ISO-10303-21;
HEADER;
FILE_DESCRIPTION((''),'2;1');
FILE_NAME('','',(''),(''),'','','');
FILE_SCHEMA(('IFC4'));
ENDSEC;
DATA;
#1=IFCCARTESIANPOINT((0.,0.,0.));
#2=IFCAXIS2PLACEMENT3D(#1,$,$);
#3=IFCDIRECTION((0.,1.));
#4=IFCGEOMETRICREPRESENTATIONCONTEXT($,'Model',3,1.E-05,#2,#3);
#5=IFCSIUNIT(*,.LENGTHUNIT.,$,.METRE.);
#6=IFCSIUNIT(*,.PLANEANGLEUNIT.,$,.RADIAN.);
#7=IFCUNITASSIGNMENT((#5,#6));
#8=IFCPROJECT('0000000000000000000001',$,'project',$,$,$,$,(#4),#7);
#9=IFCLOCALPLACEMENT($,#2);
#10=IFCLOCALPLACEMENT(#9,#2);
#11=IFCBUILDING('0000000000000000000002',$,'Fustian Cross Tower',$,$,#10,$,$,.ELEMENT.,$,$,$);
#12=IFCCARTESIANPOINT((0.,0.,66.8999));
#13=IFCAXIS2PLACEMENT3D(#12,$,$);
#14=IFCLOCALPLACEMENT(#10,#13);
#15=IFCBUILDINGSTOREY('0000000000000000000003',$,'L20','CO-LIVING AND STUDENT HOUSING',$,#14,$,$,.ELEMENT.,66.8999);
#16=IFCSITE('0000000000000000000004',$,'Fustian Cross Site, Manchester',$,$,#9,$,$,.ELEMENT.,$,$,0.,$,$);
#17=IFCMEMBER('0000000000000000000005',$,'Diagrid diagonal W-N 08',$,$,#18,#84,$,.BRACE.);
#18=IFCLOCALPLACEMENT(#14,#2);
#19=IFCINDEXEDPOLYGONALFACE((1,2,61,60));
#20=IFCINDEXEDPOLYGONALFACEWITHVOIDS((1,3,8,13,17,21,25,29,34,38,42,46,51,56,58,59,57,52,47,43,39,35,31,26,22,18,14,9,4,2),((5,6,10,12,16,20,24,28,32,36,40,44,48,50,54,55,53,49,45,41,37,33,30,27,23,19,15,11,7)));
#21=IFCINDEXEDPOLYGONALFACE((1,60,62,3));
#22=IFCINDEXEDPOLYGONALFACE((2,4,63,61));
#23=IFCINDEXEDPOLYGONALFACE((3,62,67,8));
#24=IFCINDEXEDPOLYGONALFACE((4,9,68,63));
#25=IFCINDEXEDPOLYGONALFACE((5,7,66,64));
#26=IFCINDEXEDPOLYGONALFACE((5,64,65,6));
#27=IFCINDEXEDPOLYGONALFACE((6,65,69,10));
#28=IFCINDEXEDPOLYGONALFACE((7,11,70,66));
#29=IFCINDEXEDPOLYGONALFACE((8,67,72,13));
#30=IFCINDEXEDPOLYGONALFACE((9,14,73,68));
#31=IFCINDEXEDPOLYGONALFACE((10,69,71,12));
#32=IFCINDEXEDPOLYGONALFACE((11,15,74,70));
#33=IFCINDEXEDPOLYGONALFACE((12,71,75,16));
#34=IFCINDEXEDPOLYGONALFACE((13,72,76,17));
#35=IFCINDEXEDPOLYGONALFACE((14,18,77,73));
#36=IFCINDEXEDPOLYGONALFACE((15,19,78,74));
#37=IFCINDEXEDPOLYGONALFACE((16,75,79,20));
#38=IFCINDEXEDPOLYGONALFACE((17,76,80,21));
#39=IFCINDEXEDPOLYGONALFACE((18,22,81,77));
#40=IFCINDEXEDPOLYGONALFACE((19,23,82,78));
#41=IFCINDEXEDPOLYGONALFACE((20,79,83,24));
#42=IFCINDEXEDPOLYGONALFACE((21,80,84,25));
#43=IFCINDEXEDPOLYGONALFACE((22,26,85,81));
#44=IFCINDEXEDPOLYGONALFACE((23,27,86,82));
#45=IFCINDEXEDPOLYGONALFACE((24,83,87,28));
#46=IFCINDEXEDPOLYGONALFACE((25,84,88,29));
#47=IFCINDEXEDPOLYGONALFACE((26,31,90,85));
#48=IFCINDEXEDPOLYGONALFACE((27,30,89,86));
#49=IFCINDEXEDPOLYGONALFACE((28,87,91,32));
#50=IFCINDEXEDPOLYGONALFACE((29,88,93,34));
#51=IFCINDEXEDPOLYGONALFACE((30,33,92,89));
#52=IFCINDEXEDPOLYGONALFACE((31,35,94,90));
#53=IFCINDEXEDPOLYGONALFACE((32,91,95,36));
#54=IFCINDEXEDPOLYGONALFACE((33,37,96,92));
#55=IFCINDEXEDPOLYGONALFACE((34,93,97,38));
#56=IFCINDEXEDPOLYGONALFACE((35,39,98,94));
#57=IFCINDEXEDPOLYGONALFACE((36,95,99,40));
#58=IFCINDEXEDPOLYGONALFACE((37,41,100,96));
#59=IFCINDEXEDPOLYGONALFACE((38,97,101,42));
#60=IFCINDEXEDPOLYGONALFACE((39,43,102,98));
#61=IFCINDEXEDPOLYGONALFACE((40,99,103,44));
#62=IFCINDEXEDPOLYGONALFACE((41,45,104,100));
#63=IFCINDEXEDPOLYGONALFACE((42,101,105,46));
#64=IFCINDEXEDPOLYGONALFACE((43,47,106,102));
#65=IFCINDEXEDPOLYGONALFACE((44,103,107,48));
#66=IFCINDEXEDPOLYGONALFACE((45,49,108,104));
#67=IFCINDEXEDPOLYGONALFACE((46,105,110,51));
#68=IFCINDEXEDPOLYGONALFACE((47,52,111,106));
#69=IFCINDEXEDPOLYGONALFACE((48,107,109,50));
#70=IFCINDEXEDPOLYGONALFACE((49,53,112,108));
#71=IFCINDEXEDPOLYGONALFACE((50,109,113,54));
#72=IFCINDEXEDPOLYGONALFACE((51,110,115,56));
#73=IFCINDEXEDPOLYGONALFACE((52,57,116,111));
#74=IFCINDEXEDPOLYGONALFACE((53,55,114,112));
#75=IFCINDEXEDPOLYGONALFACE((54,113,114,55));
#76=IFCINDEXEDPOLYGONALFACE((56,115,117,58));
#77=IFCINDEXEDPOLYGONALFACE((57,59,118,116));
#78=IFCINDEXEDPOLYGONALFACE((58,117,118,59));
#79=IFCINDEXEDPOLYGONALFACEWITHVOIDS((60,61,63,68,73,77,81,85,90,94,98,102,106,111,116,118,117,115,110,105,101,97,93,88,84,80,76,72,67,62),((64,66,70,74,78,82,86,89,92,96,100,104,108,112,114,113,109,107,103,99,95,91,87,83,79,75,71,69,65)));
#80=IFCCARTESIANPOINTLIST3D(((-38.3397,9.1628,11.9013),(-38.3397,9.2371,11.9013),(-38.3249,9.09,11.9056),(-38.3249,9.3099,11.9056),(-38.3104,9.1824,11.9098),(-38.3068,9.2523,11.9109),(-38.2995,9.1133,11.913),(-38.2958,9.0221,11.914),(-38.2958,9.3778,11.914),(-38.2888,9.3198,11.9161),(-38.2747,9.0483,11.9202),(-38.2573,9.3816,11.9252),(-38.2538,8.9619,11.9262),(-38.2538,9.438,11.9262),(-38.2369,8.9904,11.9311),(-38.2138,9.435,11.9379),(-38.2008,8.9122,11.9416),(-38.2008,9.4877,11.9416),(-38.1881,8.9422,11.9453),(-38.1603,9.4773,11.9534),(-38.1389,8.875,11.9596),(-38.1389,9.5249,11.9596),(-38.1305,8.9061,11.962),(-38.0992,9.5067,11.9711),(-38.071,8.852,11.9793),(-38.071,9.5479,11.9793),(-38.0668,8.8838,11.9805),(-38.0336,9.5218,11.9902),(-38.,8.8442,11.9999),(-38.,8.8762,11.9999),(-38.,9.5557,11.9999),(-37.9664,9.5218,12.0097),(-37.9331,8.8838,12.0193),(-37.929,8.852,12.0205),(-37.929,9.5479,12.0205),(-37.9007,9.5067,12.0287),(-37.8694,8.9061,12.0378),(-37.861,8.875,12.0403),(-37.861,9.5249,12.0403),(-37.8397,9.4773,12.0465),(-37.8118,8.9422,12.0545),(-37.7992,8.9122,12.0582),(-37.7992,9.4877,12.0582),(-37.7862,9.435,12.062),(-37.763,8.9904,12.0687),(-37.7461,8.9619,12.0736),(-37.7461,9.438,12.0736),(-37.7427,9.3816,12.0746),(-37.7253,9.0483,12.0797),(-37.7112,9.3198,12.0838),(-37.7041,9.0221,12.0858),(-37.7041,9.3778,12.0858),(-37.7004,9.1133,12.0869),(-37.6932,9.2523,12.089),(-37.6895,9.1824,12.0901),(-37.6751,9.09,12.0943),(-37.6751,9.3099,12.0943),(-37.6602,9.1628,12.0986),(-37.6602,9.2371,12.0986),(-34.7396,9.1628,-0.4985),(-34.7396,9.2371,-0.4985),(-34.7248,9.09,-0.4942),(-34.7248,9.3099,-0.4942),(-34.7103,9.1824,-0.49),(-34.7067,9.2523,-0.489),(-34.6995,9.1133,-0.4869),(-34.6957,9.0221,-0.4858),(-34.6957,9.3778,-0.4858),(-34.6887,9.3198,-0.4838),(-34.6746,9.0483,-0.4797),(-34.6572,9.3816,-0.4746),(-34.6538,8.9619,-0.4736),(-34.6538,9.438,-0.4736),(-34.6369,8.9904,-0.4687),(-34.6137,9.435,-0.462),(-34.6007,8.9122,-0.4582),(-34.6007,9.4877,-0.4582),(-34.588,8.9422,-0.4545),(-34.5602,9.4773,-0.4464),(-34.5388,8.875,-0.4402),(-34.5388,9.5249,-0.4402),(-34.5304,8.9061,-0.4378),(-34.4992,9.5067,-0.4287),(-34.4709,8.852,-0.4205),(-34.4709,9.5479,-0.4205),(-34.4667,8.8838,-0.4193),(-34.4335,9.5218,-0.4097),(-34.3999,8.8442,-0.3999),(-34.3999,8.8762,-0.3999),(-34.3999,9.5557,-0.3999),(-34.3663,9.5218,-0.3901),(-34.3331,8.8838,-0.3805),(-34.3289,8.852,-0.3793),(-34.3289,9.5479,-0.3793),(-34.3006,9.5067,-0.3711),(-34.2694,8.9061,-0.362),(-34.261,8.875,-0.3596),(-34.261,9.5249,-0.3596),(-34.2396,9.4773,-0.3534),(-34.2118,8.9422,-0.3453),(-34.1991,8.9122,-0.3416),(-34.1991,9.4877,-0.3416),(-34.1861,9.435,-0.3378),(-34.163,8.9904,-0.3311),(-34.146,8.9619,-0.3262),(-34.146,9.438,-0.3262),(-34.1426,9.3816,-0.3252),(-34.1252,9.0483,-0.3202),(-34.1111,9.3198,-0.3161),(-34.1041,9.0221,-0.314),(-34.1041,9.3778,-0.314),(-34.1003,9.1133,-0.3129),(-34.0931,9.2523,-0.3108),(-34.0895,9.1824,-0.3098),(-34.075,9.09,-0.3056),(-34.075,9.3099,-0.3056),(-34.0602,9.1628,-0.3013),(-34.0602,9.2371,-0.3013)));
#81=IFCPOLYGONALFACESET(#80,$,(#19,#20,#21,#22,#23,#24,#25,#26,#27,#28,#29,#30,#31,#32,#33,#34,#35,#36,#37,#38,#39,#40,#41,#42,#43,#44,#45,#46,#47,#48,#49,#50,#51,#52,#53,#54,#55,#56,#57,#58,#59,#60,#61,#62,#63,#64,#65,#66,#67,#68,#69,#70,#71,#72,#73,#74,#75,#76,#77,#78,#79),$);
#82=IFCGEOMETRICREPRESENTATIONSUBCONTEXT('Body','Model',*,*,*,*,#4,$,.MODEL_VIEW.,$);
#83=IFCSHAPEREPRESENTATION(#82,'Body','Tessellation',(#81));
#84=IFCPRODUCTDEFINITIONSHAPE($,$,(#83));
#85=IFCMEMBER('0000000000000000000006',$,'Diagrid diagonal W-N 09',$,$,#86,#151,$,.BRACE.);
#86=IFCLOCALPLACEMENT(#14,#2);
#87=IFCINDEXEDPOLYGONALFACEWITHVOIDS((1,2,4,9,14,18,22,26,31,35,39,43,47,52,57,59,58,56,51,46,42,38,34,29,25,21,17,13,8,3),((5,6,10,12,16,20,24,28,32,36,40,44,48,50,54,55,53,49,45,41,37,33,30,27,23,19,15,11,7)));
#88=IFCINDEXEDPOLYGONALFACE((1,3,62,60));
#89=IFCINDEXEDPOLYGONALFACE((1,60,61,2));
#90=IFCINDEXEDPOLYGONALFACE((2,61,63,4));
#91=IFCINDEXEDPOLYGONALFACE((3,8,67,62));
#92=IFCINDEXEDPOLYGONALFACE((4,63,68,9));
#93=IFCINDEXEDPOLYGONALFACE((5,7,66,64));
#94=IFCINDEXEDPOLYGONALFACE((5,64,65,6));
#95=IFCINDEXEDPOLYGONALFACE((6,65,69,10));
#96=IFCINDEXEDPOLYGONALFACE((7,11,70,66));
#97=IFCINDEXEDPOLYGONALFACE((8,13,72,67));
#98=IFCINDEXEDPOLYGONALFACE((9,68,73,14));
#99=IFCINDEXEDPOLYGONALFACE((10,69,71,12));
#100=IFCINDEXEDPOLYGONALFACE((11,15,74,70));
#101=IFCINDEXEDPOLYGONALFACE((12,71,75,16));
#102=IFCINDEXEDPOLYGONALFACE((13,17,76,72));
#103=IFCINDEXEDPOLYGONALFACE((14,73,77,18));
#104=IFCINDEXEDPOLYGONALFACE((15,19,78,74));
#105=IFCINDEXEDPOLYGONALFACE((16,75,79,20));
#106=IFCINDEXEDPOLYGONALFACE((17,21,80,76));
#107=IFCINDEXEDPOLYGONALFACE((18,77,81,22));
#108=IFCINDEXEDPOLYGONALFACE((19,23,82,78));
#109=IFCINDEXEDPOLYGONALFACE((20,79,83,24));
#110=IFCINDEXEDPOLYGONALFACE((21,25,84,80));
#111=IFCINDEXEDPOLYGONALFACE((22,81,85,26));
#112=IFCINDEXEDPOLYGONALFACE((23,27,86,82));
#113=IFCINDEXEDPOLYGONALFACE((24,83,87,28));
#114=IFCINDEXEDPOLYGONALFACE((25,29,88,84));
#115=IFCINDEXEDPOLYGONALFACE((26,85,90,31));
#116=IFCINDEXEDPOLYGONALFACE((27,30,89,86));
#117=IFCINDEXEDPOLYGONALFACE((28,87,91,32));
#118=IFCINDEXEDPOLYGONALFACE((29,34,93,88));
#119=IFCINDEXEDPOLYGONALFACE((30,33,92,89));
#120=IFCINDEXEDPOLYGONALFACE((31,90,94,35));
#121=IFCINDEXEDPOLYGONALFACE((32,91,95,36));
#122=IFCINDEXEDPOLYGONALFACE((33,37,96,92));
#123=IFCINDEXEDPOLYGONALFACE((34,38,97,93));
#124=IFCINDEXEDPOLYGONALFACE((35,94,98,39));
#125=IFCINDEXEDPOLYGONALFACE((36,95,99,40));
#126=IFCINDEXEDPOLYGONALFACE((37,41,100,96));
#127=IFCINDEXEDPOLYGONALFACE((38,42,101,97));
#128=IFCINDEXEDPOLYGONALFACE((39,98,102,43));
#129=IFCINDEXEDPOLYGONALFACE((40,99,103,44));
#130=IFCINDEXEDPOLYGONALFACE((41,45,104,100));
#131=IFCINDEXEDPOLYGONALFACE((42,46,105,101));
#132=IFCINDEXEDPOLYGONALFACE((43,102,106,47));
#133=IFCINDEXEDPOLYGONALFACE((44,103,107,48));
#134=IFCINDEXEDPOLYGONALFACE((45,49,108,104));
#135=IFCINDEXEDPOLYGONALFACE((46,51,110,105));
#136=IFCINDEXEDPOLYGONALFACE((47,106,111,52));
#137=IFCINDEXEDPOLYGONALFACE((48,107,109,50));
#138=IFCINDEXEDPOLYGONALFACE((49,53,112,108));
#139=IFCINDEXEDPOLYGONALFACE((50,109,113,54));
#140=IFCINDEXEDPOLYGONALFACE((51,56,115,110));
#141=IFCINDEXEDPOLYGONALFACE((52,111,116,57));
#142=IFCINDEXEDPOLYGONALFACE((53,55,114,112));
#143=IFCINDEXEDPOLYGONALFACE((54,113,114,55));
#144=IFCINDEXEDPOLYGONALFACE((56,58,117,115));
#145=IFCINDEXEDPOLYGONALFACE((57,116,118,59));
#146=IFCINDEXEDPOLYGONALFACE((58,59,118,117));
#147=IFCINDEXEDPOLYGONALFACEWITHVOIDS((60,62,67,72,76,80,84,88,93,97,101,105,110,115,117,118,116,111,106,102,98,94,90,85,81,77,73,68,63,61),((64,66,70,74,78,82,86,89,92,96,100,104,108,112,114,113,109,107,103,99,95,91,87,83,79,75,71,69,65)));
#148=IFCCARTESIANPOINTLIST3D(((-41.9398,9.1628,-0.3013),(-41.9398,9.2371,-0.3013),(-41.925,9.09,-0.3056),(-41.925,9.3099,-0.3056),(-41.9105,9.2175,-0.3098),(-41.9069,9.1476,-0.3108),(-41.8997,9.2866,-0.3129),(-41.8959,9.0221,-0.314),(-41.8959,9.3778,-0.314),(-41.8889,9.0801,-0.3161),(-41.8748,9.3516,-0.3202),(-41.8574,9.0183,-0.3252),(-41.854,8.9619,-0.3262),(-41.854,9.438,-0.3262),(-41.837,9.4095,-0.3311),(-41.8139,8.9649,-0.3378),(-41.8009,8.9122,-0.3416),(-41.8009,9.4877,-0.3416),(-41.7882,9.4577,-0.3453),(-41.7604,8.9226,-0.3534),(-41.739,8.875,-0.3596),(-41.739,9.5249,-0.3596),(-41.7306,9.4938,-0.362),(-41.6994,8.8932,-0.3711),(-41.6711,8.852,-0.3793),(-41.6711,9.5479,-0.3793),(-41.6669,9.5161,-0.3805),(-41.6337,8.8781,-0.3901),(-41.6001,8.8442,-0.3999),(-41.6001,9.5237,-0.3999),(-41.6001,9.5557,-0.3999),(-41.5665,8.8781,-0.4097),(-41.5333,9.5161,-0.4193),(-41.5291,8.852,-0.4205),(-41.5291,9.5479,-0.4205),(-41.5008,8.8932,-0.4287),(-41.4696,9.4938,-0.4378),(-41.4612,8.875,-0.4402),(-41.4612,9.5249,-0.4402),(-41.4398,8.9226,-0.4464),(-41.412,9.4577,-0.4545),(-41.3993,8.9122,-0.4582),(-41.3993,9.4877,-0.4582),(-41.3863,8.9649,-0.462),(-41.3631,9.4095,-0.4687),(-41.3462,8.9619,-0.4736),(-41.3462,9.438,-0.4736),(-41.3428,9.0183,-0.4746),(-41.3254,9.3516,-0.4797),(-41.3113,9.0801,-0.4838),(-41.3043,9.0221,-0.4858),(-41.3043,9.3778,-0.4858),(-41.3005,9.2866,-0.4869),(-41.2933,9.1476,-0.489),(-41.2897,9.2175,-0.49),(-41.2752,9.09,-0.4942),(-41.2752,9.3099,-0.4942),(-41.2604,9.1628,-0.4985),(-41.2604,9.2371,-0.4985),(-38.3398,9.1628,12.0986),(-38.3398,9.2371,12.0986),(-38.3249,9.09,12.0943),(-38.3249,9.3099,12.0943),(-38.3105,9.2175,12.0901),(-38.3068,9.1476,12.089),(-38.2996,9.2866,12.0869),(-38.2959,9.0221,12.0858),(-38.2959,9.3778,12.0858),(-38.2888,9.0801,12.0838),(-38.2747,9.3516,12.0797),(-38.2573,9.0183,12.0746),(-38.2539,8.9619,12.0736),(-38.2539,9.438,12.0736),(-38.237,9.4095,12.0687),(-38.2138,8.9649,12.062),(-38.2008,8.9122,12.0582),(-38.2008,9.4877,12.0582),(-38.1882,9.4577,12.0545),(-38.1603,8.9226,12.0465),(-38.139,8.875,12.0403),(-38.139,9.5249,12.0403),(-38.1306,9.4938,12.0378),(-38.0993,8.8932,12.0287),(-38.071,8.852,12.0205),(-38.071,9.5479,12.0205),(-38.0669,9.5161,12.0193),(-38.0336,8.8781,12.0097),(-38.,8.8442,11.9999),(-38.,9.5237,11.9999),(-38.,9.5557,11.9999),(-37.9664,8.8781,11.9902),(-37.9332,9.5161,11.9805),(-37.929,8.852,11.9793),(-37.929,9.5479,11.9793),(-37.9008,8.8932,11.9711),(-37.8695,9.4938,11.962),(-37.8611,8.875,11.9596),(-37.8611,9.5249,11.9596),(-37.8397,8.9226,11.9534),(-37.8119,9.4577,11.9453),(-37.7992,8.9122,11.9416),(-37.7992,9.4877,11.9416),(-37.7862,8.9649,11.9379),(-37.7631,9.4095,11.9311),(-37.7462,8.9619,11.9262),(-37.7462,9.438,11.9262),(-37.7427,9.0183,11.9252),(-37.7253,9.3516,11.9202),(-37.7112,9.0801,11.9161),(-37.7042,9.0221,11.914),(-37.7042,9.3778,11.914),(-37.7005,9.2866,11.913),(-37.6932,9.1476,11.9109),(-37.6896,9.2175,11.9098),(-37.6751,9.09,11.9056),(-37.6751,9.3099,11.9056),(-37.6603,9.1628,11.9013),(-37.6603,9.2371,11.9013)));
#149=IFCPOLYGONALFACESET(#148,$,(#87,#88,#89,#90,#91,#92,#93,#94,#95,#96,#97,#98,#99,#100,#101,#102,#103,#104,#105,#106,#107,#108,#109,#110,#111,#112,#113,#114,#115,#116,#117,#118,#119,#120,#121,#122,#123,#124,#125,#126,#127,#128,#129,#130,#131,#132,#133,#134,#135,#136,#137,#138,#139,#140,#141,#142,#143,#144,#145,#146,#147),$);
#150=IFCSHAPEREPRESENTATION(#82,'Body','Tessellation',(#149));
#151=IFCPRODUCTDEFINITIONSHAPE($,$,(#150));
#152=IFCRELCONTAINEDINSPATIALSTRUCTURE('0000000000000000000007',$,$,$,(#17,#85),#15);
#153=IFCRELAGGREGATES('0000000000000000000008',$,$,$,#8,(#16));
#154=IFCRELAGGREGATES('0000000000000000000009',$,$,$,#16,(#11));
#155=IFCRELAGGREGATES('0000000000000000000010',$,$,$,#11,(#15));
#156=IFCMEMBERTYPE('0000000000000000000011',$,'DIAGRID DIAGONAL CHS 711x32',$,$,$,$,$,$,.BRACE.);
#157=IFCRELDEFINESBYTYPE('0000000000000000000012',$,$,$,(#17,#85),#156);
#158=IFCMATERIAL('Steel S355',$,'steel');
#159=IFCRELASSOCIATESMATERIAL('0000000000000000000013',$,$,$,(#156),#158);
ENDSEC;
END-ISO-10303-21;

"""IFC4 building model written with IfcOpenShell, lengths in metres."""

from ifc_helpers import new_model, si_unit, direction, frame, origin, origin_2d, place, context, subcontext, project, spatial, hollow_circle, extrude, material, material_profile, profile_set, type_object, element, save


model = new_model("IFC4")

# Units and contexts
model_context = context("Model", 3, precision=1e-05, world=origin(), true_north=direction((0.0, 1.0)))
body_context = subcontext(model_context, "Body", "Model", "MODEL_VIEW")
ifc_project = project(units=[si_unit("LENGTHUNIT", "METRE"), si_unit("PLANEANGLEUNIT", "RADIAN")], contexts=[model_context])

# Site, building, storey
site_placement = place(None, origin())
site = spatial("IfcSite", under=ifc_project, at=site_placement, Name="Fustian Cross Site, Manchester", CompositionType="ELEMENT", RefElevation=0.0)
building_placement = place(site_placement, origin())
building = spatial("IfcBuilding", under=site, at=building_placement, Name="Fustian Cross Tower", CompositionType="ELEMENT")
storey_placement = place(building_placement, frame((0.0, 0.0, 66.8999)))
storey = spatial("IfcBuildingStorey", under=building, at=storey_placement, Name="L20", Description="CO-LIVING AND STUDENT HOUSING", CompositionType="ELEMENT", Elevation=66.8999)

# Members
ifc_material_1 = material(Name="Steel S355", Category="steel")
ifc_material_profile_1 = material_profile(ifc_material_1, hollow_circle(Radius=0.3557, WallThickness=0.032, at=origin_2d()), Name="CHS 711x32")
ifc_profile_set_1 = profile_set([ifc_material_profile_1], Name="Steel S355")
member_type_1 = type_object("IfcMemberType", Name="DIAGRID DIAGONAL CHS 711x32", PredefinedType="BRACE", material=ifc_profile_set_1)
for number, where, z_axis, x_axis, name in (
    (1, (-34.3999, 9.2, -0.3999), (-0.278819, 0.0, 0.960344), (0.0, -1.0, 0.0), "Diagrid diagonal W-N 08"),
    (2, (-41.6001, 9.2, -0.3999), (0.278819, 0.0, 0.960344), (0.0, 1.0, 0.0), "Diagrid diagonal W-N 09"),
):
    element("IfcMember", number, at=place(storey_placement, frame(where, z_axis=z_axis, x_axis=x_axis)), inside=storey, type_object=member_type_1, Name=name, PredefinedType="BRACE", context=body_context, shape_type="SweptSolid", body=[
        extrude(hollow_circle(Radius=0.3557, WallThickness=0.032, at=origin_2d()), origin(), (0.0, 0.0, 1.0), 12.9119),
    ])

save(model, "model.ifc")
